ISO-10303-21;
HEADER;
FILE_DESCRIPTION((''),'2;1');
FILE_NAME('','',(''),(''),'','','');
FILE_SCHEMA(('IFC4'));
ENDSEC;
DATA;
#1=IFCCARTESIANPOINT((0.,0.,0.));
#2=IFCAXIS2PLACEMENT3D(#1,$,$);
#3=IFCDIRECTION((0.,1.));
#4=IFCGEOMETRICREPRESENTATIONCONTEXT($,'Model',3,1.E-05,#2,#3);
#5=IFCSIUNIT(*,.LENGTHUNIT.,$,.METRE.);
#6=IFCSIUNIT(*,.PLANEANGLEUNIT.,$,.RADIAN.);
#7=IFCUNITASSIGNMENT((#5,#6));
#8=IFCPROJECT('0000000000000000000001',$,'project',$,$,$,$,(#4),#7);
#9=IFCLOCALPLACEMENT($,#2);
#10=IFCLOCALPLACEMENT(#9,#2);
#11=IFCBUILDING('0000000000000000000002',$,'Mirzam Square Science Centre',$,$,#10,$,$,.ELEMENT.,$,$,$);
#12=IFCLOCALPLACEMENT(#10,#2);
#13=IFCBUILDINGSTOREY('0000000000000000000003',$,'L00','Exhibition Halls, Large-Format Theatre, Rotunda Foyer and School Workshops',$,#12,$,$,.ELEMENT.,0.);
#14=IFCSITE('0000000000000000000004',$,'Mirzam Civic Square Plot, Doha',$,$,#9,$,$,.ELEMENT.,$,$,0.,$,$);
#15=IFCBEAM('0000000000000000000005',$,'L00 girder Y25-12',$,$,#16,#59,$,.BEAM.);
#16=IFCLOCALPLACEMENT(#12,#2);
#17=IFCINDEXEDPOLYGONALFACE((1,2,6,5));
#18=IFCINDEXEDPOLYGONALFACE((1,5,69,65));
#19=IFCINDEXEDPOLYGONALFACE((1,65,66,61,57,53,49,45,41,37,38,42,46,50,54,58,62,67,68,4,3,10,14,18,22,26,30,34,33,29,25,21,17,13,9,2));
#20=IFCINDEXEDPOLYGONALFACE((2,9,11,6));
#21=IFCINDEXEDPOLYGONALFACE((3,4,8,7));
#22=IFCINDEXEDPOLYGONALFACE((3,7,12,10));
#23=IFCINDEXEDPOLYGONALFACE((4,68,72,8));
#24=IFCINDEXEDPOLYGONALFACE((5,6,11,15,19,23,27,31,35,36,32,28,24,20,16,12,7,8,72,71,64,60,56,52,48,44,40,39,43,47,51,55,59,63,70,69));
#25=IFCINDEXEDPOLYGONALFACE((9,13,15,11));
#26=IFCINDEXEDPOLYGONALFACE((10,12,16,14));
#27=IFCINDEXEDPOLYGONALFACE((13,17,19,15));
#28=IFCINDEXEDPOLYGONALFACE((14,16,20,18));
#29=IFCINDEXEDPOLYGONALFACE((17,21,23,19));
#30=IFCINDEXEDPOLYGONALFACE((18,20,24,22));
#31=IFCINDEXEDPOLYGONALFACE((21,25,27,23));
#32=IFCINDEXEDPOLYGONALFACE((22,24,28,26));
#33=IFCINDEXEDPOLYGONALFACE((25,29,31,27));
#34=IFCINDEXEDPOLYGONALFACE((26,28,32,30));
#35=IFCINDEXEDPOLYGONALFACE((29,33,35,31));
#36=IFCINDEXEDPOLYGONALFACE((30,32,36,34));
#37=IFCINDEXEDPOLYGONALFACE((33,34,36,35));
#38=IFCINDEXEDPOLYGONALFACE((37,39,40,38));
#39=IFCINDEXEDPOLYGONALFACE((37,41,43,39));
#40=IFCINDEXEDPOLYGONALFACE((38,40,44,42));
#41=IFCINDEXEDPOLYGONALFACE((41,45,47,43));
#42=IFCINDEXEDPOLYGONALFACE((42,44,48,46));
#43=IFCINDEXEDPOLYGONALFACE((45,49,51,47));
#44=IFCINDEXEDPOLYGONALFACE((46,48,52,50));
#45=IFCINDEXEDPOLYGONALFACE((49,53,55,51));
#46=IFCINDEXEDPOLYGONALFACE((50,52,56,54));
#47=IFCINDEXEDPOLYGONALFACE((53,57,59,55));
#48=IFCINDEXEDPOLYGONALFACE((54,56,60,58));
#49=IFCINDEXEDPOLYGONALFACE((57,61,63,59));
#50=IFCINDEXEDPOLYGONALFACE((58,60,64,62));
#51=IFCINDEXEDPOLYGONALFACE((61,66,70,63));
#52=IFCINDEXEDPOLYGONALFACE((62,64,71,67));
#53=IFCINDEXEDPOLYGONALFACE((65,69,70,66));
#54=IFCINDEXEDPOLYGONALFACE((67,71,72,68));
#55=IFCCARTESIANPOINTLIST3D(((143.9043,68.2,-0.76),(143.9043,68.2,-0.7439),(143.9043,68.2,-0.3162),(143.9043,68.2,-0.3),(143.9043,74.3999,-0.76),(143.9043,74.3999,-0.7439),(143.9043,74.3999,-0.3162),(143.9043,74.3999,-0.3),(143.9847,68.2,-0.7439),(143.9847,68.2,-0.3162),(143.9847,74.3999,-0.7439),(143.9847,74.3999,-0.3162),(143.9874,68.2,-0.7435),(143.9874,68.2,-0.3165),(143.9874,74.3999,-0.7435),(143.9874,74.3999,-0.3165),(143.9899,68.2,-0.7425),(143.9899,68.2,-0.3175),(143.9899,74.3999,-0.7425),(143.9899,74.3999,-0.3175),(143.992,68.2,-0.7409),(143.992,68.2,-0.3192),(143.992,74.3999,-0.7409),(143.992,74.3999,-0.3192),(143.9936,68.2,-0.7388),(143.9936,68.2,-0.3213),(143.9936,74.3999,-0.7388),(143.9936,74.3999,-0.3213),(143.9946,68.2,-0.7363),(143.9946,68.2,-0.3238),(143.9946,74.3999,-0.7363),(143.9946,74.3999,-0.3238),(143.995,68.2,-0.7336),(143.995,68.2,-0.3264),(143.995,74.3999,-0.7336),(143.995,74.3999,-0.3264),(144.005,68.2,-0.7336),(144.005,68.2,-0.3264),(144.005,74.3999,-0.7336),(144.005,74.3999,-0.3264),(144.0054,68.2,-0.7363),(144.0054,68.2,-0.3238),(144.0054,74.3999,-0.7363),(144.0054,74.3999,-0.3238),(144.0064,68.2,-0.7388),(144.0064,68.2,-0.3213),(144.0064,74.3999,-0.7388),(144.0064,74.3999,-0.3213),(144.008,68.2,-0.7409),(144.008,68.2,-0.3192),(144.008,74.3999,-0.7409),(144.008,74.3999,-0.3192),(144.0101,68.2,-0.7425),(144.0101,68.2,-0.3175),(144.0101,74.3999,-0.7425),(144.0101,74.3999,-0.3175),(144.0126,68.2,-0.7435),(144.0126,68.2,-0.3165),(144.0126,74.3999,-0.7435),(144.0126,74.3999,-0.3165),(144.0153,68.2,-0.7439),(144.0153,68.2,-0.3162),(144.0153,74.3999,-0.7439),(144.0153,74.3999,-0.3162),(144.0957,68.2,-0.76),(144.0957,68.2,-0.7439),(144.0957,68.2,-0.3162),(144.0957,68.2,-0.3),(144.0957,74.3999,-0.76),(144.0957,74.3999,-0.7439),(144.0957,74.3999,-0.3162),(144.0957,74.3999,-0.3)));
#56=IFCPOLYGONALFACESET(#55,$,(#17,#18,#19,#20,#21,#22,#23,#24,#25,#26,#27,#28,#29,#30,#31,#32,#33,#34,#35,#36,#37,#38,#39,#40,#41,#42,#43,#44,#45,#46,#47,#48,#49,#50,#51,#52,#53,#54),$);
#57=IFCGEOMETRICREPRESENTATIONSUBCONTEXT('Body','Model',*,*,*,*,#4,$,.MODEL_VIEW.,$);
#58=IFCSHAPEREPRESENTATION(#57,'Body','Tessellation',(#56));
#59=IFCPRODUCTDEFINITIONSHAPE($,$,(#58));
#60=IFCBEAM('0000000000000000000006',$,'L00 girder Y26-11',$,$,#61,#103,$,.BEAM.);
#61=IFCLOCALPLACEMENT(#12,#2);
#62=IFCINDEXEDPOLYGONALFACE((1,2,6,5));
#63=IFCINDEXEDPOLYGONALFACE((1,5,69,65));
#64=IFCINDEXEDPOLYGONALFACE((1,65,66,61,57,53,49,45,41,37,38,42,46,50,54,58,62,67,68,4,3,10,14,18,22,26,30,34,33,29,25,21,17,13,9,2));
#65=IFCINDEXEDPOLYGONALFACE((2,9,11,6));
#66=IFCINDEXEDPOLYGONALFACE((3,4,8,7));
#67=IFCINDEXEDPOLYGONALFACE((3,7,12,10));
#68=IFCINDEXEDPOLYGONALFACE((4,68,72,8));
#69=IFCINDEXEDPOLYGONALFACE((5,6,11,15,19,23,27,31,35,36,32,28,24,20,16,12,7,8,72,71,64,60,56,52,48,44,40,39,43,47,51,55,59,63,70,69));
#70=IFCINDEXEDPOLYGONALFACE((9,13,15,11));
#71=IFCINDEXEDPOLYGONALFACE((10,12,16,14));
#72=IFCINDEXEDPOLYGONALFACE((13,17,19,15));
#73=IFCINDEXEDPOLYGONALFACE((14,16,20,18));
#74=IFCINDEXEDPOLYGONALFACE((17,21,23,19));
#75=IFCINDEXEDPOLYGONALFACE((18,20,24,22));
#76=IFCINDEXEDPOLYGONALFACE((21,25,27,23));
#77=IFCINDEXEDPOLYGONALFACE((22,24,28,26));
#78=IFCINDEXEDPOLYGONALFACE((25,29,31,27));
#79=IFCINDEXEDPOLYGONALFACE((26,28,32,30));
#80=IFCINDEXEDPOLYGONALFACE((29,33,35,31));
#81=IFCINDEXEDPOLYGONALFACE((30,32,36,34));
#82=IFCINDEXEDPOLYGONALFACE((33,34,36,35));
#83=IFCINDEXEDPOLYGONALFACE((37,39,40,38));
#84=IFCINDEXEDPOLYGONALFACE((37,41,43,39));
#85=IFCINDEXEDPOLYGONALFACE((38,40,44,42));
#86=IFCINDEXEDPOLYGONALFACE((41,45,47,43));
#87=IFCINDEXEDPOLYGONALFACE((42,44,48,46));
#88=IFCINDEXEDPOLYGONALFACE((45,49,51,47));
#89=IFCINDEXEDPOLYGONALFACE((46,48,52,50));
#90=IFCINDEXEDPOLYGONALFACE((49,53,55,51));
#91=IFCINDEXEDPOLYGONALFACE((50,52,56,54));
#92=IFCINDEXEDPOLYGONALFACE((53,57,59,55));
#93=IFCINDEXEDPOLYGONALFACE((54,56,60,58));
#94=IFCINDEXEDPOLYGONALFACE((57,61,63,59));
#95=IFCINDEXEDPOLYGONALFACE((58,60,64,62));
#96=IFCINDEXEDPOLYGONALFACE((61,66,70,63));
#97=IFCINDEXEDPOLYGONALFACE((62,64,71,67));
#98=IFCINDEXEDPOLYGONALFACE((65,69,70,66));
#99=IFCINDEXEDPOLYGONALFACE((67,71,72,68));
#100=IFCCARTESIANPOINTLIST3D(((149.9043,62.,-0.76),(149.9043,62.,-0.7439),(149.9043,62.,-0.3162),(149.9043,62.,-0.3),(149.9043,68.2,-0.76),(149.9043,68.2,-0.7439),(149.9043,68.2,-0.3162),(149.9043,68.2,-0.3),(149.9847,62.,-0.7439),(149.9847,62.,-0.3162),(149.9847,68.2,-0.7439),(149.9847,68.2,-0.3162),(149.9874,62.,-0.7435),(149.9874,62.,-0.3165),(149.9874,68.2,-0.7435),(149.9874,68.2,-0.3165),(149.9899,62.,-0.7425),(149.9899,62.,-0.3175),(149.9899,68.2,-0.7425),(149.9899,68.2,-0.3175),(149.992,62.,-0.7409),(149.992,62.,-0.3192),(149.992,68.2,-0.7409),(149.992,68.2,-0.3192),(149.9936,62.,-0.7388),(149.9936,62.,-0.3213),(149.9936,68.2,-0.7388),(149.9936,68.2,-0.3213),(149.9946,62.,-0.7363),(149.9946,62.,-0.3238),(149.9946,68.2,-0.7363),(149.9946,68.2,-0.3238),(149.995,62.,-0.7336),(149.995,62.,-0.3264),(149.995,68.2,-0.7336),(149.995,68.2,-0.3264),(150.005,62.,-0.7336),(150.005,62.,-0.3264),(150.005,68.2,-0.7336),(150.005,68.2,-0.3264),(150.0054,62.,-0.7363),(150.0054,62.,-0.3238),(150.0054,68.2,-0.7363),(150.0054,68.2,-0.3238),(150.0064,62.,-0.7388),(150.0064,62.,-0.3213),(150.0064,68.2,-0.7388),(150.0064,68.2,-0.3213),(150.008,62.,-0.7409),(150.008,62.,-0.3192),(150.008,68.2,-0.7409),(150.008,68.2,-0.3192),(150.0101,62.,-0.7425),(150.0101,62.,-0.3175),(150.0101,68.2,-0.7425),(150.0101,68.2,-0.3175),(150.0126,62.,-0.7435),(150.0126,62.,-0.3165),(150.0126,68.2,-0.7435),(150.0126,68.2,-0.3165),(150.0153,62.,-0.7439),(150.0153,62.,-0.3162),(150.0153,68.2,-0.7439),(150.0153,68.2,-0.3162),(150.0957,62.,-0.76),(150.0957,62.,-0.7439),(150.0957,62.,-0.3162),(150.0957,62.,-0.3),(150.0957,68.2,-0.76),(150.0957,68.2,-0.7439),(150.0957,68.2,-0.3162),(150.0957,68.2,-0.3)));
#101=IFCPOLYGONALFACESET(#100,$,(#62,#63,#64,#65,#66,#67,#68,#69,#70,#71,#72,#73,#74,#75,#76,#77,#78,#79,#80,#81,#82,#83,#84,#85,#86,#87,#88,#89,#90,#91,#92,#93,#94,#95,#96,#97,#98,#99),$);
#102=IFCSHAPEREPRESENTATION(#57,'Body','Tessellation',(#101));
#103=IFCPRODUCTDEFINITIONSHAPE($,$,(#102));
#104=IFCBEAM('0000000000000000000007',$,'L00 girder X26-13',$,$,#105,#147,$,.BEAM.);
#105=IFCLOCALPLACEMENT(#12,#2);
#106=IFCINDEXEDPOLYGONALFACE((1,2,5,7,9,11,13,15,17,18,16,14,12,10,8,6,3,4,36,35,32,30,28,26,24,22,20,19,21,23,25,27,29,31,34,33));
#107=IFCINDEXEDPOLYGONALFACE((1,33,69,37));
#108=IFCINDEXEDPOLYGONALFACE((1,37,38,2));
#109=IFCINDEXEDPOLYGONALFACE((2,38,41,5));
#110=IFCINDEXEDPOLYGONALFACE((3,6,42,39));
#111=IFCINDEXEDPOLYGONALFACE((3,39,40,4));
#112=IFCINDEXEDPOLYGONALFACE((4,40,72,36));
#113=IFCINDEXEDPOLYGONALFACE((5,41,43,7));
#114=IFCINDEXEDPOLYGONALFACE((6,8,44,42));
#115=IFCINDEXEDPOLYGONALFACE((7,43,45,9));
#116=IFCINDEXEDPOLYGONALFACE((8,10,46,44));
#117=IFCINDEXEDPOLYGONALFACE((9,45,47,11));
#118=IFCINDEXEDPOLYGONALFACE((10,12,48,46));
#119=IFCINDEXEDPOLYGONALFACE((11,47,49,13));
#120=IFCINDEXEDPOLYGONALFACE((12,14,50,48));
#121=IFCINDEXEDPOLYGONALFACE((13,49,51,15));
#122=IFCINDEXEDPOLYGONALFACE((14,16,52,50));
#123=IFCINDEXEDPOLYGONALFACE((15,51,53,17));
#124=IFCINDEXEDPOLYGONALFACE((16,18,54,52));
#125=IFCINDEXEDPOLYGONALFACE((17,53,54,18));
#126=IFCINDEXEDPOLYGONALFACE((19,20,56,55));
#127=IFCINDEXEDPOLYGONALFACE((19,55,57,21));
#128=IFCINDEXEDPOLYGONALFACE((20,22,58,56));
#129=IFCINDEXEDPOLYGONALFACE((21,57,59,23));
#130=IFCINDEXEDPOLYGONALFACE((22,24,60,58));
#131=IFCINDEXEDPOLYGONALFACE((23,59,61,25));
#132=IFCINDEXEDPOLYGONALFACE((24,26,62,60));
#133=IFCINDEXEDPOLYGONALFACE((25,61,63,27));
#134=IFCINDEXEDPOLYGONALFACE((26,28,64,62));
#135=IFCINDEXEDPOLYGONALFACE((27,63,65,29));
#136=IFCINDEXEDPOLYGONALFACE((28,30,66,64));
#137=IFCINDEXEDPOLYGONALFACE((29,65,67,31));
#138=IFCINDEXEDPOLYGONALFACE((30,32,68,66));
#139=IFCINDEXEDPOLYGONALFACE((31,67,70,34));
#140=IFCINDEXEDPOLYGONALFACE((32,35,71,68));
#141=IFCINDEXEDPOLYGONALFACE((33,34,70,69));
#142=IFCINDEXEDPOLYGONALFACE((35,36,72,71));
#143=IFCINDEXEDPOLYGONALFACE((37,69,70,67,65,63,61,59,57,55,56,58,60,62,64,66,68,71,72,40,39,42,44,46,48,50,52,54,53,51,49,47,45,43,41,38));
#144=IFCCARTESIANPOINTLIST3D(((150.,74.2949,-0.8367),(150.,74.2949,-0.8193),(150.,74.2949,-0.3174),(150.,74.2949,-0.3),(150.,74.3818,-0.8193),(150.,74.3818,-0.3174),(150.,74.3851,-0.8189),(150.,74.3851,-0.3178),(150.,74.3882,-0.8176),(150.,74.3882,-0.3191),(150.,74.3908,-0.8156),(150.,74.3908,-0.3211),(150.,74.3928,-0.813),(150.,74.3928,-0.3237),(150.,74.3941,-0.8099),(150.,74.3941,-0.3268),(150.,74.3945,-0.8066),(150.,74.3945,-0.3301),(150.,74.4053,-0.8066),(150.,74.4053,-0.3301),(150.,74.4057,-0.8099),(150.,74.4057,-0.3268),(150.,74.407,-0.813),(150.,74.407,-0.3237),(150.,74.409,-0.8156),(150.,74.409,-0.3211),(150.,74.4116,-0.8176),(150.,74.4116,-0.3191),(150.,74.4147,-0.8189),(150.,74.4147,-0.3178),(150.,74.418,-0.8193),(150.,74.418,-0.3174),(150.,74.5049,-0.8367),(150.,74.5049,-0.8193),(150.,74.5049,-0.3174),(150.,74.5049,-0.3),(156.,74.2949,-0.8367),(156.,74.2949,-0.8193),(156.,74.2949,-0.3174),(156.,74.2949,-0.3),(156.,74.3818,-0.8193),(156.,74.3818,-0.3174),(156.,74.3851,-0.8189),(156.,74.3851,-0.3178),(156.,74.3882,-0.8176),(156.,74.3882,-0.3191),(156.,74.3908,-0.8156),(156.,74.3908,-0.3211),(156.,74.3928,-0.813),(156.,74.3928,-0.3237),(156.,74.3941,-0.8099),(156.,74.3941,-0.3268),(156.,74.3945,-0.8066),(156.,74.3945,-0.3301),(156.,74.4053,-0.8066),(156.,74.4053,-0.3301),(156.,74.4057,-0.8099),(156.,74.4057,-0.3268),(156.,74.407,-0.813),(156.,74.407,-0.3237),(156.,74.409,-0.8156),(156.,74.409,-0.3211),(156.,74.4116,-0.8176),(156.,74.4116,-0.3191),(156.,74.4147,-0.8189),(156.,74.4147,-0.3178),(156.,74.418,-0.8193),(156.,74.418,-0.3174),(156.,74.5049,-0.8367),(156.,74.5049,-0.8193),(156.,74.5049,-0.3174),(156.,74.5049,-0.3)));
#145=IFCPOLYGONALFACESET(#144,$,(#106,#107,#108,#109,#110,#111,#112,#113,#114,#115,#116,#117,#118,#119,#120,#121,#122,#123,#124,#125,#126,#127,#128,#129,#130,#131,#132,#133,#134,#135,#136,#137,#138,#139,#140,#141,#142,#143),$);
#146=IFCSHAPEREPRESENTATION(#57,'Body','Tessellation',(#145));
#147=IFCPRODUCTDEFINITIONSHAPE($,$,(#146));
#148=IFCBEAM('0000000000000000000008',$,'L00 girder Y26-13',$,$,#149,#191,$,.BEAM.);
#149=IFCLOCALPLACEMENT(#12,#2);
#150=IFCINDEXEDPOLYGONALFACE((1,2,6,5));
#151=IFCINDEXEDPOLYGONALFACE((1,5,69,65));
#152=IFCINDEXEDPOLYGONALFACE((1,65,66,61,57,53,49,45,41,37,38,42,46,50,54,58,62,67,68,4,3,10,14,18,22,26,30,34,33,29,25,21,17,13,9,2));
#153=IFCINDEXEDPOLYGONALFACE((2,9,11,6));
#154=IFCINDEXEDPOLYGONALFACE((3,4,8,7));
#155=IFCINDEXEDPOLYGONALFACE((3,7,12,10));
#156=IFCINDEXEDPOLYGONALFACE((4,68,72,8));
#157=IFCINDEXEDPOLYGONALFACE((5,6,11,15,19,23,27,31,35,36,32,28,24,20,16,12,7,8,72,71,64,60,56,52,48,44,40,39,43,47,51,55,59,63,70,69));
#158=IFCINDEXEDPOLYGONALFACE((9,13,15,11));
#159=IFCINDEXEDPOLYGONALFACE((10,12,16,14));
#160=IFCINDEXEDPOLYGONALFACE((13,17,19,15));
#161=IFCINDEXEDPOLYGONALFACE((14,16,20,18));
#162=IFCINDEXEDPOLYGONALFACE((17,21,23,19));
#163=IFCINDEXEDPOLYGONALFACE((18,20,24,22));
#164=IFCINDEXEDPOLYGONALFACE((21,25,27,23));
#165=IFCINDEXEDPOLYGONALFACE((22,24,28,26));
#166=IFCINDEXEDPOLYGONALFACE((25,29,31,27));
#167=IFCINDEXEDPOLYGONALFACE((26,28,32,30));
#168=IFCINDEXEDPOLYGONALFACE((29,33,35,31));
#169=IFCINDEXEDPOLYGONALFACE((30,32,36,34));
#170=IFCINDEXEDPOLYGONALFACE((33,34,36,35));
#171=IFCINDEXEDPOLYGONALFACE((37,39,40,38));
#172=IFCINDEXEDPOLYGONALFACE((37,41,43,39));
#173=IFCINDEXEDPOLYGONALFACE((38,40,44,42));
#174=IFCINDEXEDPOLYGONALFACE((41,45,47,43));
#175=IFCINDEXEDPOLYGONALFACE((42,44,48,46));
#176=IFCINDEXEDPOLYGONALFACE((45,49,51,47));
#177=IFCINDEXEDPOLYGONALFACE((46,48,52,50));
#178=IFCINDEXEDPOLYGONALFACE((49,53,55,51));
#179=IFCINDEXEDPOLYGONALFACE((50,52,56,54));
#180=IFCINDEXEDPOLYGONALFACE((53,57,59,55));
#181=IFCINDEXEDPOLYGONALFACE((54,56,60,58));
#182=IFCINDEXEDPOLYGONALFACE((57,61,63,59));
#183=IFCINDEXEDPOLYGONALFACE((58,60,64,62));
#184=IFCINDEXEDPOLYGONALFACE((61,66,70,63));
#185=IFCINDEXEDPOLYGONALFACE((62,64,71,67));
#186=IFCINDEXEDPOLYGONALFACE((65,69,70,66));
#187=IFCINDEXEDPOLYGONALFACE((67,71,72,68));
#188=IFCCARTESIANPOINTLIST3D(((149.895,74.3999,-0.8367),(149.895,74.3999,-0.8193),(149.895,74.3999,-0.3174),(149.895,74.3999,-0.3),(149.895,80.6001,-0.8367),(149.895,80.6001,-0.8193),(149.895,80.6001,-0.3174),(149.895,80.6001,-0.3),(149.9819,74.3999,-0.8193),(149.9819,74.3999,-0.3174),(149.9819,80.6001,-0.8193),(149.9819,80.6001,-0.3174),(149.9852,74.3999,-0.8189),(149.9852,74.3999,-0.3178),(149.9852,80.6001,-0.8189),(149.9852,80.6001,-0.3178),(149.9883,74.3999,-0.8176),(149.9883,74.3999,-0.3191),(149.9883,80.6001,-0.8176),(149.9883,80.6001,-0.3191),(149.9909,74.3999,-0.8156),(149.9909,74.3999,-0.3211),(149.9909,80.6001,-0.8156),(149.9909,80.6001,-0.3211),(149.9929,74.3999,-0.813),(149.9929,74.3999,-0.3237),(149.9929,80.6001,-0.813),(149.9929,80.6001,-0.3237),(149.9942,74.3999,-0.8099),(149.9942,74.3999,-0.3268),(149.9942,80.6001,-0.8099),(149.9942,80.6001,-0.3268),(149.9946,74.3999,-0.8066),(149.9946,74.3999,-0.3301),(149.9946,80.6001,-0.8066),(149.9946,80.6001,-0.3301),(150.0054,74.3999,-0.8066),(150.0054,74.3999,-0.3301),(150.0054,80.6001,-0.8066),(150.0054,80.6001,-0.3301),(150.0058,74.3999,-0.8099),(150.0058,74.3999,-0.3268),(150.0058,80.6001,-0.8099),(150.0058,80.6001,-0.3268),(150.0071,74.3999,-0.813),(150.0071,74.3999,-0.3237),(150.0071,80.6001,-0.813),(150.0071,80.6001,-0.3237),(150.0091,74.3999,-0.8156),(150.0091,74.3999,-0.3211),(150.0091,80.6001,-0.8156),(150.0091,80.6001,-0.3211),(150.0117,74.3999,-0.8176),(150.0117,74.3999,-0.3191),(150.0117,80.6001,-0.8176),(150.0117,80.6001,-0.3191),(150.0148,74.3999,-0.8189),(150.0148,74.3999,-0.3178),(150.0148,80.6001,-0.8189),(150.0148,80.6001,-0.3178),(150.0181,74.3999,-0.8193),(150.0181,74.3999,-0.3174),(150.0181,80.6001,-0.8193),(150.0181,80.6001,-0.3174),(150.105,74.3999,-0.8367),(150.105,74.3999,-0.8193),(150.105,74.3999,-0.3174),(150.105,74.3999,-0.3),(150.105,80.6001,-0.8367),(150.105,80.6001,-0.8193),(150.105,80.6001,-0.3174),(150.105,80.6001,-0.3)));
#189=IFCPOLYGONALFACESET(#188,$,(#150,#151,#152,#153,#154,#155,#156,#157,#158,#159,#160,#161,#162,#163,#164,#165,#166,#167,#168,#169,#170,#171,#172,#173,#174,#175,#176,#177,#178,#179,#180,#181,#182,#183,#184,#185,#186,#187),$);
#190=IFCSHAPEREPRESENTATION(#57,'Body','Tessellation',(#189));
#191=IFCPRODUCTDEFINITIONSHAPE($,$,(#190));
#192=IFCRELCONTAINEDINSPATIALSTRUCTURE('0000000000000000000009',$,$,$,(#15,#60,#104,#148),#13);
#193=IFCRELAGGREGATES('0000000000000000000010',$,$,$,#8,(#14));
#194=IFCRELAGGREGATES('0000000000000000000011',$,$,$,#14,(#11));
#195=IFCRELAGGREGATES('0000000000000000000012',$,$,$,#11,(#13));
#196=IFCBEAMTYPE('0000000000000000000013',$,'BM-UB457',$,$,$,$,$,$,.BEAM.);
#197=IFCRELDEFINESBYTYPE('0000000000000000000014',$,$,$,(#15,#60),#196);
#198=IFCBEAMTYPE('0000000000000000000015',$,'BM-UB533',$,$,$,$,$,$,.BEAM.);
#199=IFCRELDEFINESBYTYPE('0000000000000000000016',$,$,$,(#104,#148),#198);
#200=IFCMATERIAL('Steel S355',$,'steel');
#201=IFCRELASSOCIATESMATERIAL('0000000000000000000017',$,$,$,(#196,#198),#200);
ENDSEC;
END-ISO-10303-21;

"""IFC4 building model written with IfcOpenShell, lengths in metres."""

from ifc_helpers import new_model, si_unit, direction, frame, origin, origin_2d, place, context, subcontext, project, spatial, i_section, extrude, material, material_profile, profile_set, type_object, element, save


model = new_model("IFC4")

# Units and contexts
model_context = context("Model", 3, precision=1e-05, world=origin(), true_north=direction((0.0, 1.0)))
body_context = subcontext(model_context, "Body", "Model", "MODEL_VIEW")
ifc_project = project(units=[si_unit("LENGTHUNIT", "METRE"), si_unit("PLANEANGLEUNIT", "RADIAN")], contexts=[model_context])

# Site, building, storey
site_placement = place(None, origin())
site = spatial("IfcSite", under=ifc_project, at=site_placement, Name="Mirzam Civic Square Plot, Doha", CompositionType="ELEMENT", RefElevation=0.0)
building_placement = place(site_placement, origin())
building = spatial("IfcBuilding", under=site, at=building_placement, Name="Mirzam Square Science Centre", CompositionType="ELEMENT")
storey_placement = place(building_placement, origin())
storey = spatial("IfcBuildingStorey", under=building, at=storey_placement, Name="L00", Description="Exhibition Halls, Large-Format Theatre, Rotunda Foyer and School Workshops", CompositionType="ELEMENT", Elevation=0.0)

# Shared definitions
ifc_material = material(Name="Steel S355", Category="steel")

# Beams
ifc_material_profile_1 = material_profile(ifc_material, i_section(OverallWidth=0.1914, OverallDepth=0.46, WebThickness=0.01, FlangeThickness=0.0161, FilletRadius=0.0103, at=origin_2d()), Name="457x191x82UB")
ifc_profile_set_1 = profile_set([ifc_material_profile_1], Name="Steel S355")
beam_type_1 = type_object("IfcBeamType", Name="BM-UB457", PredefinedType="BEAM", material=ifc_profile_set_1)
for number, where, z_axis, x_axis, name in (
    (1, (144.0, 68.2, -0.53), (0.0, 1.0, 0.0), (-1.0, 0.0, 0.0), "L00 girder Y25-12"),
    (2, (150.0, 62.0, -0.53), (0.0, 1.0, 0.0), (-1.0, 0.0, 0.0), "L00 girder Y26-11"),
):
    element("IfcBeam", number, at=place(storey_placement, frame(where, z_axis=z_axis, x_axis=x_axis)), inside=storey, type_object=beam_type_1, Name=name, PredefinedType="BEAM", context=body_context, shape_type="SweptSolid", body=[
        extrude(i_section(OverallWidth=0.1914, OverallDepth=0.46, WebThickness=0.01, FlangeThickness=0.0161, FilletRadius=0.0103, at=origin_2d()), origin(), (0.0, 0.0, 1.0), 6.2),
    ])
ifc_material_profile_2 = material_profile(ifc_material, i_section(OverallWidth=0.21, OverallDepth=0.5366, WebThickness=0.0107, FlangeThickness=0.0173, FilletRadius=0.0127, at=origin_2d()), Name="533x210x101UB")
ifc_profile_set_2 = profile_set([ifc_material_profile_2], Name="Steel S355")
beam_type_2 = type_object("IfcBeamType", Name="BM-UB533", PredefinedType="BEAM", material=ifc_profile_set_2)
beam_1_placement = place(storey_placement, frame((150.0, 74.3999, -0.5684), z_axis=(1.0, 0.0, 0.0), x_axis=(0.0, 1.0, 0.0)))
element("IfcBeam", 3, at=beam_1_placement, inside=storey, type_object=beam_type_2, Name="L00 girder X26-13", PredefinedType="BEAM", context=body_context, shape_type="SweptSolid", body=[
    extrude(i_section(OverallWidth=0.21, OverallDepth=0.5366, WebThickness=0.0107, FlangeThickness=0.0173, FilletRadius=0.0127, at=origin_2d()), origin(), (0.0, 0.0, 1.0), 6.0),
])
beam_2_placement = place(storey_placement, frame((150.0, 74.3999, -0.5684), z_axis=(0.0, 1.0, 0.0), x_axis=(-1.0, 0.0, 0.0)))
element("IfcBeam", 4, at=beam_2_placement, inside=storey, type_object=beam_type_2, Name="L00 girder Y26-13", PredefinedType="BEAM", context=body_context, shape_type="SweptSolid", body=[
    extrude(i_section(OverallWidth=0.21, OverallDepth=0.5366, WebThickness=0.0107, FlangeThickness=0.0173, FilletRadius=0.0127, at=origin_2d()), origin(), (0.0, 0.0, 1.0), 6.2002),
])

save(model, "model.ifc")
